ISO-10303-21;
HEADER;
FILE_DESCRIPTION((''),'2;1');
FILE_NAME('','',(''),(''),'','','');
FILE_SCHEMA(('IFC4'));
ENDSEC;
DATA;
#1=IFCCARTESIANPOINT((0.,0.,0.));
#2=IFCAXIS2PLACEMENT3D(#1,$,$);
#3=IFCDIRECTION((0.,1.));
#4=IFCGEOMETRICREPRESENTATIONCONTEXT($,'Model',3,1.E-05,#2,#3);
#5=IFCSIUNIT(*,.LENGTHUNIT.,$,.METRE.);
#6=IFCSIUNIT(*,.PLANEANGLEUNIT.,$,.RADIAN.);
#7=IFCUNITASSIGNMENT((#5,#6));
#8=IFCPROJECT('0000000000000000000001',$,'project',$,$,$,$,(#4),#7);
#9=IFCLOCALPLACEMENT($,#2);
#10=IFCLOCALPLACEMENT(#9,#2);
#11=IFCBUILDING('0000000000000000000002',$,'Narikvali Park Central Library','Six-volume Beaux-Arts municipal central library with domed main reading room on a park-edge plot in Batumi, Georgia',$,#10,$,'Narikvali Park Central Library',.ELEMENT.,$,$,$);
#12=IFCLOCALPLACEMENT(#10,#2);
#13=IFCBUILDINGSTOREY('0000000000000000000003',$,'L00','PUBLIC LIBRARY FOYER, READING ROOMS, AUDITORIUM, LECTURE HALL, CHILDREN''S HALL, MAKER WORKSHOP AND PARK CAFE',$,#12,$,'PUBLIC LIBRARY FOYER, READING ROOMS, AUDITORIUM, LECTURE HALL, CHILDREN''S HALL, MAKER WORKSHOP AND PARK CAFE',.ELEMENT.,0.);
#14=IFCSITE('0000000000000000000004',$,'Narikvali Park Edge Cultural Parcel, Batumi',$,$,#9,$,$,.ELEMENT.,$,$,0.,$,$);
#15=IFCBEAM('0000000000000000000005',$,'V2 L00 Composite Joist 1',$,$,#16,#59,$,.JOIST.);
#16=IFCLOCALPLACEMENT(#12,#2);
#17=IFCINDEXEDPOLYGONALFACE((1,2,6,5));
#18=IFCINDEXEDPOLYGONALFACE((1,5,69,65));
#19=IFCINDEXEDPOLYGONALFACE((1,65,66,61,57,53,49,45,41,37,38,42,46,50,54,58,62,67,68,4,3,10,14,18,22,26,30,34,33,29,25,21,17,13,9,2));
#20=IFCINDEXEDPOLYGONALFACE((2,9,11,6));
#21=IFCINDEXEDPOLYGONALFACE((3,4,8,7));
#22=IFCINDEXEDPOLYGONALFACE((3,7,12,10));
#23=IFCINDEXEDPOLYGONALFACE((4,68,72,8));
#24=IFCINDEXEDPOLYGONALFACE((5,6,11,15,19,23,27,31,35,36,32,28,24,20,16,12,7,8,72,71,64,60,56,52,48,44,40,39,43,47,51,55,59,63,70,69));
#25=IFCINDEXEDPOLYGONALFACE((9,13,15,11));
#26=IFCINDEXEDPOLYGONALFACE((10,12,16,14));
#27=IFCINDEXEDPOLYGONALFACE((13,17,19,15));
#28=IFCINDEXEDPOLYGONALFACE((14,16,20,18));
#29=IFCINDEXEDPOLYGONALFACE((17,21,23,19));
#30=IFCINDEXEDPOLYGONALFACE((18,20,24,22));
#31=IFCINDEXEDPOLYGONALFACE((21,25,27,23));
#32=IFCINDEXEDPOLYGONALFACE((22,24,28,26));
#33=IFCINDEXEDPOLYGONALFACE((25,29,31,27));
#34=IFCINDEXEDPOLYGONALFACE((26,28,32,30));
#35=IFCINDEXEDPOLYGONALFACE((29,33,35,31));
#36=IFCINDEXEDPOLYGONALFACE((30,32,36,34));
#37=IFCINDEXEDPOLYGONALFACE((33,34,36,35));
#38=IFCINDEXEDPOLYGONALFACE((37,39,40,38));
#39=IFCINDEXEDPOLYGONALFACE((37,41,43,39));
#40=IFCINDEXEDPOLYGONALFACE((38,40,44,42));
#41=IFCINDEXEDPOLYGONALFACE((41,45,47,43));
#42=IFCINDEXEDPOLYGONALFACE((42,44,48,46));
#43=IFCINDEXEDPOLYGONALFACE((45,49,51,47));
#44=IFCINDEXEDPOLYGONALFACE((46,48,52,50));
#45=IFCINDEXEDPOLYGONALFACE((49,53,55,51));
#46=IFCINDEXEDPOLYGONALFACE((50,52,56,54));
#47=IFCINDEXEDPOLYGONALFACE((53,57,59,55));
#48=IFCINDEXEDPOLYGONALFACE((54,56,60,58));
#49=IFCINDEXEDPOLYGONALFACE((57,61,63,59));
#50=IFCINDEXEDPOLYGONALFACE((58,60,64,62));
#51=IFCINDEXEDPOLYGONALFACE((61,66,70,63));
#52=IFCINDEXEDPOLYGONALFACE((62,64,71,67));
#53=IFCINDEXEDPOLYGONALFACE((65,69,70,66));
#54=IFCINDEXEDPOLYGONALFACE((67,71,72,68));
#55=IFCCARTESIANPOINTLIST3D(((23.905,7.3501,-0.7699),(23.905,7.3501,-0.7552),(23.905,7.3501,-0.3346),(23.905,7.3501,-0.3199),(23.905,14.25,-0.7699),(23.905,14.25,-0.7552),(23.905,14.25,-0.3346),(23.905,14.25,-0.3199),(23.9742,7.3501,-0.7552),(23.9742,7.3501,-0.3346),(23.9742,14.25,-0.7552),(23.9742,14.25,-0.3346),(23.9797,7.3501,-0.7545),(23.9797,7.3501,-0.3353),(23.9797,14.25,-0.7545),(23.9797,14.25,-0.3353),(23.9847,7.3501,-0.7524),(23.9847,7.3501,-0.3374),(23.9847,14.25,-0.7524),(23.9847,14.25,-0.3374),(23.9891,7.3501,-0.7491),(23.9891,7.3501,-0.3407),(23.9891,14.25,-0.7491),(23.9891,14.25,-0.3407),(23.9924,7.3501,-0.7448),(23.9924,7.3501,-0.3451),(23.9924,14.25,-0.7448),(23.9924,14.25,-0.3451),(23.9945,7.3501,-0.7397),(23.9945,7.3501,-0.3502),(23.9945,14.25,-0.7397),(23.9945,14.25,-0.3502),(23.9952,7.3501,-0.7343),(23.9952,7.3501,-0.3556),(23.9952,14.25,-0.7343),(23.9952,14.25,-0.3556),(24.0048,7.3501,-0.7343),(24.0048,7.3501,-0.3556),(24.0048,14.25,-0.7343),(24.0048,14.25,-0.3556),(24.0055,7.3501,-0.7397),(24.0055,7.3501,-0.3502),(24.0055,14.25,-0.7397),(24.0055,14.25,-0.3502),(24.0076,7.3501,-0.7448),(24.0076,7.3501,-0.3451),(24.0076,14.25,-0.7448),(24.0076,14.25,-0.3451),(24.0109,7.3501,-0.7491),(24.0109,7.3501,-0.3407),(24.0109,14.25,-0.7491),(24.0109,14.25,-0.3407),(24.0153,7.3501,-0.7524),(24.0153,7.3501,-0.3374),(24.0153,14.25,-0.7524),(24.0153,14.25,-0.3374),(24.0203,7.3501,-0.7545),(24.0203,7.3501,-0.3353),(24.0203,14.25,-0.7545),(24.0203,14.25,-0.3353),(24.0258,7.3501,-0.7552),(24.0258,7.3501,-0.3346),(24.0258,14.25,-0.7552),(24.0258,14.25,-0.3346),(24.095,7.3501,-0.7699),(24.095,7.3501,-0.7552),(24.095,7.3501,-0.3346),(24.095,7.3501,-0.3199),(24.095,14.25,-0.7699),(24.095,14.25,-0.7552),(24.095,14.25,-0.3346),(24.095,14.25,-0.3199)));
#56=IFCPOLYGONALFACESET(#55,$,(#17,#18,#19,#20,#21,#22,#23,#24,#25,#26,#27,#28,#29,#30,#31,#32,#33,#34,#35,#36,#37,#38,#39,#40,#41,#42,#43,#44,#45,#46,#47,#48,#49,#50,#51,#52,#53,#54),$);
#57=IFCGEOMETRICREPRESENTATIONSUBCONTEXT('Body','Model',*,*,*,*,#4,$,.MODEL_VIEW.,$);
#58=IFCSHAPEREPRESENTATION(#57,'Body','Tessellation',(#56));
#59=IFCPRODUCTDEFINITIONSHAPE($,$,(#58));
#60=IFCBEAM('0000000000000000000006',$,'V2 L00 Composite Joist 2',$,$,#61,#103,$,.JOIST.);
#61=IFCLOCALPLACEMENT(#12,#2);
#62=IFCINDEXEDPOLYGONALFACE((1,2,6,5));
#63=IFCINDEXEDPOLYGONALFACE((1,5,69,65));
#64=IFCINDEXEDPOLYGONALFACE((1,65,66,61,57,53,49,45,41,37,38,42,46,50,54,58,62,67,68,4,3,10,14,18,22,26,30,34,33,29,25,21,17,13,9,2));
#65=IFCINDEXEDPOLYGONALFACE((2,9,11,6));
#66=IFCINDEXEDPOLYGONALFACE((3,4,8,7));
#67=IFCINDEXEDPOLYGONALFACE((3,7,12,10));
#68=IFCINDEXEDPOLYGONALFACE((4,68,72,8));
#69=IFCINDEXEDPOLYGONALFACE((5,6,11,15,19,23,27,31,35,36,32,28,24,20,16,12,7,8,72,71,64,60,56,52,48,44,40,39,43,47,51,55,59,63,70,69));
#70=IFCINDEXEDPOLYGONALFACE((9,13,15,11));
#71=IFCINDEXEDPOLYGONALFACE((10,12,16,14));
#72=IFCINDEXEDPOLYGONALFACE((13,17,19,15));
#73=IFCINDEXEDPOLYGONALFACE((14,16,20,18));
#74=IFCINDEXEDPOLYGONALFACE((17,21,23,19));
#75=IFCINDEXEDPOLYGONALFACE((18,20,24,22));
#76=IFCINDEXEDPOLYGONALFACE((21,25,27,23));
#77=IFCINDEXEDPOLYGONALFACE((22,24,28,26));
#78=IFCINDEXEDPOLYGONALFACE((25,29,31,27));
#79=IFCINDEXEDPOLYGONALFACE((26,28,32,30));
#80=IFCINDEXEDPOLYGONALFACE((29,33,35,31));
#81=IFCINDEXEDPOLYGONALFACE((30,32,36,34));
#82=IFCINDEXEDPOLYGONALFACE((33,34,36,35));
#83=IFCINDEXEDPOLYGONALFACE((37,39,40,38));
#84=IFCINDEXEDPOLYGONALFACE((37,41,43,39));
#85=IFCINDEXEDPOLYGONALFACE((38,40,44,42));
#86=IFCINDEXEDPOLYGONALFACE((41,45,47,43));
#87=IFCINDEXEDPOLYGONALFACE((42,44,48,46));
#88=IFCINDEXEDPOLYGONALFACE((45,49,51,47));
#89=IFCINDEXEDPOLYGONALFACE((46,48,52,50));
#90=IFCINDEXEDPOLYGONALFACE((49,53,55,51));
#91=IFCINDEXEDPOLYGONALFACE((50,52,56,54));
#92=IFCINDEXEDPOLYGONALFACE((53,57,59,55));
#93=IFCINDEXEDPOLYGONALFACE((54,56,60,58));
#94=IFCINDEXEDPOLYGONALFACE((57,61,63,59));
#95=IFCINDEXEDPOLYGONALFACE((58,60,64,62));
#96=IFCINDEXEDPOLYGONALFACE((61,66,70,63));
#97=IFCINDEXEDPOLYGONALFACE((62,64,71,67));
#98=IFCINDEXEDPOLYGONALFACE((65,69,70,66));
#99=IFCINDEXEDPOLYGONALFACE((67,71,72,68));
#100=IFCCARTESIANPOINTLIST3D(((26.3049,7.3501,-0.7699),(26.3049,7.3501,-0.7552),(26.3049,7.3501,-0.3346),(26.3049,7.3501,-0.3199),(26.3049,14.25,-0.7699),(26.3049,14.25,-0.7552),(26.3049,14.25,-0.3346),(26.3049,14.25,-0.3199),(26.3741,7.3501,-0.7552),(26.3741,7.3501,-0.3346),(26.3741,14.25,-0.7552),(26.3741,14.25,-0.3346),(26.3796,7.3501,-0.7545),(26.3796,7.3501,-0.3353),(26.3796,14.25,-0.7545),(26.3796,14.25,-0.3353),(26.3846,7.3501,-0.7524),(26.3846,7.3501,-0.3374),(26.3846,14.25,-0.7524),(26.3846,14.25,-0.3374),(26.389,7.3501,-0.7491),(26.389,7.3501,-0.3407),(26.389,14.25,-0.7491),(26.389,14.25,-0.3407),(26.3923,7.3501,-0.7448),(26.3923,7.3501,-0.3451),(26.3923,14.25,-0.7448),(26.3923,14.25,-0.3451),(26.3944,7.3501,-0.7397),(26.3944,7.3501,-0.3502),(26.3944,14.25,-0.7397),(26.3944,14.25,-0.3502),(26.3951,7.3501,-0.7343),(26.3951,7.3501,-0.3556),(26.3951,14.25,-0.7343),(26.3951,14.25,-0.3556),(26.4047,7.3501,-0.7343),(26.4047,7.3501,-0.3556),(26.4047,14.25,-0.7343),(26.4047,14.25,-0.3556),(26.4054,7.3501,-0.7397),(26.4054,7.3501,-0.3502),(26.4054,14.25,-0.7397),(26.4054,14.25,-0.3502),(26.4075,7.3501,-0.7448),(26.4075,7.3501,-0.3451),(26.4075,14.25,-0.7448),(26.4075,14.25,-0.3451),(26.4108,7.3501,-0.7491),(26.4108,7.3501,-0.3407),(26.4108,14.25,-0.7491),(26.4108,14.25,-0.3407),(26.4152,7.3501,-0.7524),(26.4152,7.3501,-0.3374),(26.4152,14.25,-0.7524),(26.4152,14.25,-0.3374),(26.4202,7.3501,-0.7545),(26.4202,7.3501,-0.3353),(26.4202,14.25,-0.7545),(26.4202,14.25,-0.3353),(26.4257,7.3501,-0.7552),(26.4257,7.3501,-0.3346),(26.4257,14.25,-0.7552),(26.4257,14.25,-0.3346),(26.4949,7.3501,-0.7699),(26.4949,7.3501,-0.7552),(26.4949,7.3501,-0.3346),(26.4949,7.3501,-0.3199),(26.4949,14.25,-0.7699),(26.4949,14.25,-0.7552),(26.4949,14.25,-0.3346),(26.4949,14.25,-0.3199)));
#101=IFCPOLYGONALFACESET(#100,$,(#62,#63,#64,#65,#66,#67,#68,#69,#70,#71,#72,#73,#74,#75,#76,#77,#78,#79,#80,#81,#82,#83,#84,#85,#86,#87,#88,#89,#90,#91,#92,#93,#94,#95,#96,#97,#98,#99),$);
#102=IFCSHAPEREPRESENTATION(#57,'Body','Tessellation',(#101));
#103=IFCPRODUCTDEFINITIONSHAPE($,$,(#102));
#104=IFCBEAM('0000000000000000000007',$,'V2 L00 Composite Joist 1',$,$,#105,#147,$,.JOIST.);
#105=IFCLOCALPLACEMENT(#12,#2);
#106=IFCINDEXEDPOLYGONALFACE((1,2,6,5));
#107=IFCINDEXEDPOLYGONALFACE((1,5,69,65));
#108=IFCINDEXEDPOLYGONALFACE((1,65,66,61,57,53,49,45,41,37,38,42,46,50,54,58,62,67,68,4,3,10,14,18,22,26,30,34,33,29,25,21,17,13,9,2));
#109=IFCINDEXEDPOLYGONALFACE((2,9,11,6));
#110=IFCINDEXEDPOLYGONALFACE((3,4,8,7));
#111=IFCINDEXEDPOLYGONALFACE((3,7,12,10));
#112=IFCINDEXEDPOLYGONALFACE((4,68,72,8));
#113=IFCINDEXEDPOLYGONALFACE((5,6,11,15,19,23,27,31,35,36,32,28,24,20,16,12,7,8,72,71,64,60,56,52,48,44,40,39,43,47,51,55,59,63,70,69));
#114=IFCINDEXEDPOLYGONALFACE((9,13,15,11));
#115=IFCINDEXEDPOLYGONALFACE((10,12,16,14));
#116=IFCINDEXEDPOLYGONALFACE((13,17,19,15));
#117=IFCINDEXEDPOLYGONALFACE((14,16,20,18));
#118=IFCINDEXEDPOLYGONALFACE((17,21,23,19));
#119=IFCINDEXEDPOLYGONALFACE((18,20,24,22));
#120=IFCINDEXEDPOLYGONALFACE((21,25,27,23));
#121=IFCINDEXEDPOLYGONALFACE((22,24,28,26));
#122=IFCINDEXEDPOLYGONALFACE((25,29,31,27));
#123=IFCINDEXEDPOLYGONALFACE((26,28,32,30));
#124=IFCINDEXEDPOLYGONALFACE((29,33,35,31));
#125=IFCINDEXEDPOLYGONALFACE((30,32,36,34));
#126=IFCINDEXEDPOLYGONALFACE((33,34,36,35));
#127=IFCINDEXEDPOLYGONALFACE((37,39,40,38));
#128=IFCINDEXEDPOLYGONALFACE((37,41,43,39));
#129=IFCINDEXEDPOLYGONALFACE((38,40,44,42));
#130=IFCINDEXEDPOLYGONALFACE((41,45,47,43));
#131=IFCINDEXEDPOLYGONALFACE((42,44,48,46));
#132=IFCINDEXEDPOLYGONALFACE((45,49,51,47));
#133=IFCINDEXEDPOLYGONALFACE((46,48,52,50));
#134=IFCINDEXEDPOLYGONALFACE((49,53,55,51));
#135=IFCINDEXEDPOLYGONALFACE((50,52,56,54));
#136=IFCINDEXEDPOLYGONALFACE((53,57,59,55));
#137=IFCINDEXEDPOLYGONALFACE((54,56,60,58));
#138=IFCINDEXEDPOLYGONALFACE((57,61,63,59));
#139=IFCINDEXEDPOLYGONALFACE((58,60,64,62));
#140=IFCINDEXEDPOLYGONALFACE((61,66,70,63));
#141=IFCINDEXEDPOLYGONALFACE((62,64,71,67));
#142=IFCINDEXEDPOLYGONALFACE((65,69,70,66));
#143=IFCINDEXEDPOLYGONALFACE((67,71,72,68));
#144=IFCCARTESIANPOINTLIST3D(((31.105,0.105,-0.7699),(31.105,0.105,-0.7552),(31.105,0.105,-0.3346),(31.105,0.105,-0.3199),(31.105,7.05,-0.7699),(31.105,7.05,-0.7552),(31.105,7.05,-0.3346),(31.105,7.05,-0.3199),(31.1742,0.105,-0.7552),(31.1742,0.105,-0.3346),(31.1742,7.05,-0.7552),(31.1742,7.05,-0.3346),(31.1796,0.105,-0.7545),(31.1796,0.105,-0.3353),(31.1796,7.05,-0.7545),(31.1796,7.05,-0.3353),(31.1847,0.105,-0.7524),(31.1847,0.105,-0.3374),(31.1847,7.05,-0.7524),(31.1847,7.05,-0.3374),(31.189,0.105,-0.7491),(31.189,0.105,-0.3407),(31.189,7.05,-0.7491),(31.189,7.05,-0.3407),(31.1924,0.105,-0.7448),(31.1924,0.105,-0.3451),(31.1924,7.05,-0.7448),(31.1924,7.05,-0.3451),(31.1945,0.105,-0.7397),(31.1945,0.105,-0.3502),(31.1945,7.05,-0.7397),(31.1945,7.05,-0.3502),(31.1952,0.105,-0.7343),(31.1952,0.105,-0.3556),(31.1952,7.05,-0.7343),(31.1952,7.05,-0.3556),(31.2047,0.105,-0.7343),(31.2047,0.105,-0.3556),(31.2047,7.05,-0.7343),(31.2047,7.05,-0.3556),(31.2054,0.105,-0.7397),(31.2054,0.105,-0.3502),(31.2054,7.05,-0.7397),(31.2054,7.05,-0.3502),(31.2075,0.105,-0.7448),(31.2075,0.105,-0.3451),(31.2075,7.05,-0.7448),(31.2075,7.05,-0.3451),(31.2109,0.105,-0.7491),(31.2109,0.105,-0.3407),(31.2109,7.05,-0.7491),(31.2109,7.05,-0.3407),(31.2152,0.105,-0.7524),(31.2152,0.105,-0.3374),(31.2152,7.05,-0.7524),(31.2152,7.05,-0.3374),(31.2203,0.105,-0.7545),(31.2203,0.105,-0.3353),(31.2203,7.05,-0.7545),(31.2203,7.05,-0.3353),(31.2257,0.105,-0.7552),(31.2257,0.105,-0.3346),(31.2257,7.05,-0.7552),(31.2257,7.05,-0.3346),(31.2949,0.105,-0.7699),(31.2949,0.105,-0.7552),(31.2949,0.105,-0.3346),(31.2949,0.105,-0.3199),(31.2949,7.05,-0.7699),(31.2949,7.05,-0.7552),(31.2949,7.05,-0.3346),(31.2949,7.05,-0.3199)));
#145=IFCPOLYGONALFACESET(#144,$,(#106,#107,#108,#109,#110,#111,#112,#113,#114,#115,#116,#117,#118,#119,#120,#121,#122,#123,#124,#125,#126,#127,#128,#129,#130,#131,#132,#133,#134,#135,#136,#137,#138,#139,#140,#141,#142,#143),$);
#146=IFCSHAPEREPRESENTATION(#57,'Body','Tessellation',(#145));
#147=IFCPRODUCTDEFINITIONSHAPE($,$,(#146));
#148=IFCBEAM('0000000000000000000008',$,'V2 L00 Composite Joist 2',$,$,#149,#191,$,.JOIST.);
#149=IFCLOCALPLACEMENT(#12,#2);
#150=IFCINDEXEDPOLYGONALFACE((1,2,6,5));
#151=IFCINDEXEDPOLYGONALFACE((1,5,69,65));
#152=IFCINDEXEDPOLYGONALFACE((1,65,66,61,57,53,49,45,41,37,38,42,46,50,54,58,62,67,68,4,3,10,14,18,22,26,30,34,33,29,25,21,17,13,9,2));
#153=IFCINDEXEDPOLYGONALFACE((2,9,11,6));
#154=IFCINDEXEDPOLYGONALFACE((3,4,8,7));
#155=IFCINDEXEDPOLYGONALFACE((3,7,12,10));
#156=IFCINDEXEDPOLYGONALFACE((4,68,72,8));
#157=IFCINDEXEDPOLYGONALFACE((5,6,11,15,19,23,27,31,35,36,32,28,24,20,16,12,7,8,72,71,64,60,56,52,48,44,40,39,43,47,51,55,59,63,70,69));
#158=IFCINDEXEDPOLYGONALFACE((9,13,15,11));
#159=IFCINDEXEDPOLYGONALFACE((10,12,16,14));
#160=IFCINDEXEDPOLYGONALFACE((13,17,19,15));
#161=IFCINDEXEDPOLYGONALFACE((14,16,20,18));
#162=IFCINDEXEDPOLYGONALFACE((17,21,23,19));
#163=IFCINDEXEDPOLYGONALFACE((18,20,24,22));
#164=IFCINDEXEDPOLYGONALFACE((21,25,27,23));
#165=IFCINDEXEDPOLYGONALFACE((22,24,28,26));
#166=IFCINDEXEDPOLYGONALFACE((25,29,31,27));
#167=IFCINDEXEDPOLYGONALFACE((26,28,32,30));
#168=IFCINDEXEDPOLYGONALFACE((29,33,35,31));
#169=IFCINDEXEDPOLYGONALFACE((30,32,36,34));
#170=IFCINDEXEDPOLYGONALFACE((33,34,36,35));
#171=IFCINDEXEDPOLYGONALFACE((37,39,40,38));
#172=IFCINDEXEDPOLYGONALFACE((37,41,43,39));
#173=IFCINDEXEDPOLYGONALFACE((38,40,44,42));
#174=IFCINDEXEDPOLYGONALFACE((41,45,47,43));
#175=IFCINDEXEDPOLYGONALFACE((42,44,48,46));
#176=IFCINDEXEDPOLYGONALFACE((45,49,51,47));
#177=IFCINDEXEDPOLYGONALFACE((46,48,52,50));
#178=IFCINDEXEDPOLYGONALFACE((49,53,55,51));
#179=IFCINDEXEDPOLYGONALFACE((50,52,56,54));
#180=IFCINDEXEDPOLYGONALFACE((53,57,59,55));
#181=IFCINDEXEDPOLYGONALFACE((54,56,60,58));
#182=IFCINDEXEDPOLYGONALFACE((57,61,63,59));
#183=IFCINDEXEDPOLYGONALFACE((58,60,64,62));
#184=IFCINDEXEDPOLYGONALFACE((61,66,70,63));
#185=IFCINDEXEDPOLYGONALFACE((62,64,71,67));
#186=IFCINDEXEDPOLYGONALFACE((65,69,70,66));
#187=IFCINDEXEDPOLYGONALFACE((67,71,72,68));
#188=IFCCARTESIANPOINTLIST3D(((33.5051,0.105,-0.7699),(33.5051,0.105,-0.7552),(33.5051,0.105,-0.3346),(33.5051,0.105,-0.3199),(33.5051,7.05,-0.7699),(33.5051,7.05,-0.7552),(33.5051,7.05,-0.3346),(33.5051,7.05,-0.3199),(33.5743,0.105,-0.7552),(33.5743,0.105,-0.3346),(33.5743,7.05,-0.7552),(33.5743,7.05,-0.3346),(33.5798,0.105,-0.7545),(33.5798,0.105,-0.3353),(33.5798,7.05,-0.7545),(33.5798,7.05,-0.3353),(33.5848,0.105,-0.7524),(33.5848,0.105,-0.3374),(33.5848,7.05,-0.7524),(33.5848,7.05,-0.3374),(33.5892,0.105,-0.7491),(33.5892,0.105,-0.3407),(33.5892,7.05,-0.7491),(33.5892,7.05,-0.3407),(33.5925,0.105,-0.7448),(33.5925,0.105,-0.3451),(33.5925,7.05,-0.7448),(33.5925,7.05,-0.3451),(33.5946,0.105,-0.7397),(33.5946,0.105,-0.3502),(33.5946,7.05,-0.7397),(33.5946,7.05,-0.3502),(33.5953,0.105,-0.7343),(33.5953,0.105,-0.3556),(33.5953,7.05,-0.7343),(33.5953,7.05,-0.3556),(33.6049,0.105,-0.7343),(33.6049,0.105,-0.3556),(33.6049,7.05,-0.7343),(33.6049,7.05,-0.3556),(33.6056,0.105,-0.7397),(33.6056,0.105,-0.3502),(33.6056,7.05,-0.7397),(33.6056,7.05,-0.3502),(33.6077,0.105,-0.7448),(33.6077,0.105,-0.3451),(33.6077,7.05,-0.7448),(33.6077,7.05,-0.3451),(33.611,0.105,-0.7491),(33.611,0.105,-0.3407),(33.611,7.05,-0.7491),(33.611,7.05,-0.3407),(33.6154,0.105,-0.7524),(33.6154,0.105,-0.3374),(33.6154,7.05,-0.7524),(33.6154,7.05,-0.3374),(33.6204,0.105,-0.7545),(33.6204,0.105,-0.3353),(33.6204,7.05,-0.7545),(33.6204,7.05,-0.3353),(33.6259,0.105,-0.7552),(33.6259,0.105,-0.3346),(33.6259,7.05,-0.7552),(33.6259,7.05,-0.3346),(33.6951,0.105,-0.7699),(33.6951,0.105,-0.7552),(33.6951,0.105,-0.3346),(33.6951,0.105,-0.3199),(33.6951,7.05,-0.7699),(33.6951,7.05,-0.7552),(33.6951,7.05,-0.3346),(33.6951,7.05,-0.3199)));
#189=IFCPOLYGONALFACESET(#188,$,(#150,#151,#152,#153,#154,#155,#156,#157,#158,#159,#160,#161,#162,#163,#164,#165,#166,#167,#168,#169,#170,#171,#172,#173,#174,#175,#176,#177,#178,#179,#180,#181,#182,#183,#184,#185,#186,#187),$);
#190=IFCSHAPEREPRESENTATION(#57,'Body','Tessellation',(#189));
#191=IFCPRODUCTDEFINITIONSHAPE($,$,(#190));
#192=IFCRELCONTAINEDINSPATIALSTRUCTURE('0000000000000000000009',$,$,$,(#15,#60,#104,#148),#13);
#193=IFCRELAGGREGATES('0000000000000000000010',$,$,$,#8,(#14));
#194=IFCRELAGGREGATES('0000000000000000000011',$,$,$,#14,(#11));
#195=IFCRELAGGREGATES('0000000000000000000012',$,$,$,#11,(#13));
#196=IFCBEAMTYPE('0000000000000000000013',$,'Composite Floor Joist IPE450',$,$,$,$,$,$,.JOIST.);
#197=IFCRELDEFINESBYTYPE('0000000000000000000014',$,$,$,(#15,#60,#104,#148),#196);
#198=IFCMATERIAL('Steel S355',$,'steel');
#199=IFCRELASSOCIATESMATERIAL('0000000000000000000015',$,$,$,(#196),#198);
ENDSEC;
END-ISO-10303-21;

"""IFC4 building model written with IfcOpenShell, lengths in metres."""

from ifc_helpers import new_model, si_unit, direction, frame, origin, origin_2d, place, context, subcontext, project, spatial, i_section, extrude, material, material_profile, profile_set, type_object, element, save


model = new_model("IFC4")

# Units and contexts
model_context = context("Model", 3, precision=1e-05, world=origin(), true_north=direction((0.0, 1.0)))
body_context = subcontext(model_context, "Body", "Model", "MODEL_VIEW")
ifc_project = project(units=[si_unit("LENGTHUNIT", "METRE"), si_unit("PLANEANGLEUNIT", "RADIAN")], contexts=[model_context])

# Site, building, storey
site_placement = place(None, origin())
site = spatial("IfcSite", under=ifc_project, at=site_placement, Name="Narikvali Park Edge Cultural Parcel, Batumi", CompositionType="ELEMENT", RefElevation=0.0)
building_placement = place(site_placement, origin())
building = spatial("IfcBuilding", under=site, at=building_placement, Name="Narikvali Park Central Library", Description="Six-volume Beaux-Arts municipal central library with domed main reading room on a park-edge plot in Batumi, Georgia", LongName="Narikvali Park Central Library", CompositionType="ELEMENT")
storey_placement = place(building_placement, origin())
storey = spatial("IfcBuildingStorey", under=building, at=storey_placement, Name="L00", Description="PUBLIC LIBRARY FOYER, READING ROOMS, AUDITORIUM, LECTURE HALL, CHILDREN'S HALL, MAKER WORKSHOP AND PARK CAFE", LongName="PUBLIC LIBRARY FOYER, READING ROOMS, AUDITORIUM, LECTURE HALL, CHILDREN'S HALL, MAKER WORKSHOP AND PARK CAFE", CompositionType="ELEMENT", Elevation=0.0)

# Shared definitions
ifc_material_1 = material(Name="Steel S355", Category="steel")

# Beams
ifc_material_profile_1 = material_profile(ifc_material_1, i_section(OverallWidth=0.1899, OverallDepth=0.45, WebThickness=0.0095, FlangeThickness=0.0146, FilletRadius=0.021, at=origin_2d()), Name="IPE 450")
ifc_profile_set_1 = profile_set([ifc_material_profile_1], Name="Steel S355")
beam_type_1 = type_object("IfcBeamType", Name="Composite Floor Joist IPE450", PredefinedType="JOIST", material=ifc_profile_set_1)
for number, where, z_axis, x_axis, name in (
    (1, (24.0, 7.3501, -0.5449), (0.0, 1.0, 0.0), (-1.0, 0.0, 0.0), "V2 L00 Composite Joist 1"),
    (2, (26.3999, 7.3501, -0.5449), (0.0, 1.0, 0.0), (-1.0, 0.0, 0.0), "V2 L00 Composite Joist 2"),
):
    element("IfcBeam", number, at=place(storey_placement, frame(where, z_axis=z_axis, x_axis=x_axis)), inside=storey, type_object=beam_type_1, Name=name, PredefinedType="JOIST", context=body_context, shape_type="SweptSolid", body=[
        extrude(i_section(OverallWidth=0.1899, OverallDepth=0.45, WebThickness=0.0095, FlangeThickness=0.0146, FilletRadius=0.021, at=origin_2d()), origin(), (0.0, 0.0, 1.0), 6.8999),
    ])
for number, where, z_axis, x_axis, name in (
    (3, (31.2, 0.105, -0.5449), (0.0, 1.0, 0.0), (-1.0, 0.0, 0.0), "V2 L00 Composite Joist 1"),
    (4, (33.6001, 0.105, -0.5449), (0.0, 1.0, 0.0), (-1.0, 0.0, 0.0), "V2 L00 Composite Joist 2"),
):
    element("IfcBeam", number, at=place(storey_placement, frame(where, z_axis=z_axis, x_axis=x_axis)), inside=storey, type_object=beam_type_1, Name=name, PredefinedType="JOIST", context=body_context, shape_type="SweptSolid", body=[
        extrude(i_section(OverallWidth=0.1899, OverallDepth=0.45, WebThickness=0.0095, FlangeThickness=0.0146, FilletRadius=0.021, at=origin_2d()), origin(), (0.0, 0.0, 1.0), 6.9451),
    ])

save(model, "model.ifc")
